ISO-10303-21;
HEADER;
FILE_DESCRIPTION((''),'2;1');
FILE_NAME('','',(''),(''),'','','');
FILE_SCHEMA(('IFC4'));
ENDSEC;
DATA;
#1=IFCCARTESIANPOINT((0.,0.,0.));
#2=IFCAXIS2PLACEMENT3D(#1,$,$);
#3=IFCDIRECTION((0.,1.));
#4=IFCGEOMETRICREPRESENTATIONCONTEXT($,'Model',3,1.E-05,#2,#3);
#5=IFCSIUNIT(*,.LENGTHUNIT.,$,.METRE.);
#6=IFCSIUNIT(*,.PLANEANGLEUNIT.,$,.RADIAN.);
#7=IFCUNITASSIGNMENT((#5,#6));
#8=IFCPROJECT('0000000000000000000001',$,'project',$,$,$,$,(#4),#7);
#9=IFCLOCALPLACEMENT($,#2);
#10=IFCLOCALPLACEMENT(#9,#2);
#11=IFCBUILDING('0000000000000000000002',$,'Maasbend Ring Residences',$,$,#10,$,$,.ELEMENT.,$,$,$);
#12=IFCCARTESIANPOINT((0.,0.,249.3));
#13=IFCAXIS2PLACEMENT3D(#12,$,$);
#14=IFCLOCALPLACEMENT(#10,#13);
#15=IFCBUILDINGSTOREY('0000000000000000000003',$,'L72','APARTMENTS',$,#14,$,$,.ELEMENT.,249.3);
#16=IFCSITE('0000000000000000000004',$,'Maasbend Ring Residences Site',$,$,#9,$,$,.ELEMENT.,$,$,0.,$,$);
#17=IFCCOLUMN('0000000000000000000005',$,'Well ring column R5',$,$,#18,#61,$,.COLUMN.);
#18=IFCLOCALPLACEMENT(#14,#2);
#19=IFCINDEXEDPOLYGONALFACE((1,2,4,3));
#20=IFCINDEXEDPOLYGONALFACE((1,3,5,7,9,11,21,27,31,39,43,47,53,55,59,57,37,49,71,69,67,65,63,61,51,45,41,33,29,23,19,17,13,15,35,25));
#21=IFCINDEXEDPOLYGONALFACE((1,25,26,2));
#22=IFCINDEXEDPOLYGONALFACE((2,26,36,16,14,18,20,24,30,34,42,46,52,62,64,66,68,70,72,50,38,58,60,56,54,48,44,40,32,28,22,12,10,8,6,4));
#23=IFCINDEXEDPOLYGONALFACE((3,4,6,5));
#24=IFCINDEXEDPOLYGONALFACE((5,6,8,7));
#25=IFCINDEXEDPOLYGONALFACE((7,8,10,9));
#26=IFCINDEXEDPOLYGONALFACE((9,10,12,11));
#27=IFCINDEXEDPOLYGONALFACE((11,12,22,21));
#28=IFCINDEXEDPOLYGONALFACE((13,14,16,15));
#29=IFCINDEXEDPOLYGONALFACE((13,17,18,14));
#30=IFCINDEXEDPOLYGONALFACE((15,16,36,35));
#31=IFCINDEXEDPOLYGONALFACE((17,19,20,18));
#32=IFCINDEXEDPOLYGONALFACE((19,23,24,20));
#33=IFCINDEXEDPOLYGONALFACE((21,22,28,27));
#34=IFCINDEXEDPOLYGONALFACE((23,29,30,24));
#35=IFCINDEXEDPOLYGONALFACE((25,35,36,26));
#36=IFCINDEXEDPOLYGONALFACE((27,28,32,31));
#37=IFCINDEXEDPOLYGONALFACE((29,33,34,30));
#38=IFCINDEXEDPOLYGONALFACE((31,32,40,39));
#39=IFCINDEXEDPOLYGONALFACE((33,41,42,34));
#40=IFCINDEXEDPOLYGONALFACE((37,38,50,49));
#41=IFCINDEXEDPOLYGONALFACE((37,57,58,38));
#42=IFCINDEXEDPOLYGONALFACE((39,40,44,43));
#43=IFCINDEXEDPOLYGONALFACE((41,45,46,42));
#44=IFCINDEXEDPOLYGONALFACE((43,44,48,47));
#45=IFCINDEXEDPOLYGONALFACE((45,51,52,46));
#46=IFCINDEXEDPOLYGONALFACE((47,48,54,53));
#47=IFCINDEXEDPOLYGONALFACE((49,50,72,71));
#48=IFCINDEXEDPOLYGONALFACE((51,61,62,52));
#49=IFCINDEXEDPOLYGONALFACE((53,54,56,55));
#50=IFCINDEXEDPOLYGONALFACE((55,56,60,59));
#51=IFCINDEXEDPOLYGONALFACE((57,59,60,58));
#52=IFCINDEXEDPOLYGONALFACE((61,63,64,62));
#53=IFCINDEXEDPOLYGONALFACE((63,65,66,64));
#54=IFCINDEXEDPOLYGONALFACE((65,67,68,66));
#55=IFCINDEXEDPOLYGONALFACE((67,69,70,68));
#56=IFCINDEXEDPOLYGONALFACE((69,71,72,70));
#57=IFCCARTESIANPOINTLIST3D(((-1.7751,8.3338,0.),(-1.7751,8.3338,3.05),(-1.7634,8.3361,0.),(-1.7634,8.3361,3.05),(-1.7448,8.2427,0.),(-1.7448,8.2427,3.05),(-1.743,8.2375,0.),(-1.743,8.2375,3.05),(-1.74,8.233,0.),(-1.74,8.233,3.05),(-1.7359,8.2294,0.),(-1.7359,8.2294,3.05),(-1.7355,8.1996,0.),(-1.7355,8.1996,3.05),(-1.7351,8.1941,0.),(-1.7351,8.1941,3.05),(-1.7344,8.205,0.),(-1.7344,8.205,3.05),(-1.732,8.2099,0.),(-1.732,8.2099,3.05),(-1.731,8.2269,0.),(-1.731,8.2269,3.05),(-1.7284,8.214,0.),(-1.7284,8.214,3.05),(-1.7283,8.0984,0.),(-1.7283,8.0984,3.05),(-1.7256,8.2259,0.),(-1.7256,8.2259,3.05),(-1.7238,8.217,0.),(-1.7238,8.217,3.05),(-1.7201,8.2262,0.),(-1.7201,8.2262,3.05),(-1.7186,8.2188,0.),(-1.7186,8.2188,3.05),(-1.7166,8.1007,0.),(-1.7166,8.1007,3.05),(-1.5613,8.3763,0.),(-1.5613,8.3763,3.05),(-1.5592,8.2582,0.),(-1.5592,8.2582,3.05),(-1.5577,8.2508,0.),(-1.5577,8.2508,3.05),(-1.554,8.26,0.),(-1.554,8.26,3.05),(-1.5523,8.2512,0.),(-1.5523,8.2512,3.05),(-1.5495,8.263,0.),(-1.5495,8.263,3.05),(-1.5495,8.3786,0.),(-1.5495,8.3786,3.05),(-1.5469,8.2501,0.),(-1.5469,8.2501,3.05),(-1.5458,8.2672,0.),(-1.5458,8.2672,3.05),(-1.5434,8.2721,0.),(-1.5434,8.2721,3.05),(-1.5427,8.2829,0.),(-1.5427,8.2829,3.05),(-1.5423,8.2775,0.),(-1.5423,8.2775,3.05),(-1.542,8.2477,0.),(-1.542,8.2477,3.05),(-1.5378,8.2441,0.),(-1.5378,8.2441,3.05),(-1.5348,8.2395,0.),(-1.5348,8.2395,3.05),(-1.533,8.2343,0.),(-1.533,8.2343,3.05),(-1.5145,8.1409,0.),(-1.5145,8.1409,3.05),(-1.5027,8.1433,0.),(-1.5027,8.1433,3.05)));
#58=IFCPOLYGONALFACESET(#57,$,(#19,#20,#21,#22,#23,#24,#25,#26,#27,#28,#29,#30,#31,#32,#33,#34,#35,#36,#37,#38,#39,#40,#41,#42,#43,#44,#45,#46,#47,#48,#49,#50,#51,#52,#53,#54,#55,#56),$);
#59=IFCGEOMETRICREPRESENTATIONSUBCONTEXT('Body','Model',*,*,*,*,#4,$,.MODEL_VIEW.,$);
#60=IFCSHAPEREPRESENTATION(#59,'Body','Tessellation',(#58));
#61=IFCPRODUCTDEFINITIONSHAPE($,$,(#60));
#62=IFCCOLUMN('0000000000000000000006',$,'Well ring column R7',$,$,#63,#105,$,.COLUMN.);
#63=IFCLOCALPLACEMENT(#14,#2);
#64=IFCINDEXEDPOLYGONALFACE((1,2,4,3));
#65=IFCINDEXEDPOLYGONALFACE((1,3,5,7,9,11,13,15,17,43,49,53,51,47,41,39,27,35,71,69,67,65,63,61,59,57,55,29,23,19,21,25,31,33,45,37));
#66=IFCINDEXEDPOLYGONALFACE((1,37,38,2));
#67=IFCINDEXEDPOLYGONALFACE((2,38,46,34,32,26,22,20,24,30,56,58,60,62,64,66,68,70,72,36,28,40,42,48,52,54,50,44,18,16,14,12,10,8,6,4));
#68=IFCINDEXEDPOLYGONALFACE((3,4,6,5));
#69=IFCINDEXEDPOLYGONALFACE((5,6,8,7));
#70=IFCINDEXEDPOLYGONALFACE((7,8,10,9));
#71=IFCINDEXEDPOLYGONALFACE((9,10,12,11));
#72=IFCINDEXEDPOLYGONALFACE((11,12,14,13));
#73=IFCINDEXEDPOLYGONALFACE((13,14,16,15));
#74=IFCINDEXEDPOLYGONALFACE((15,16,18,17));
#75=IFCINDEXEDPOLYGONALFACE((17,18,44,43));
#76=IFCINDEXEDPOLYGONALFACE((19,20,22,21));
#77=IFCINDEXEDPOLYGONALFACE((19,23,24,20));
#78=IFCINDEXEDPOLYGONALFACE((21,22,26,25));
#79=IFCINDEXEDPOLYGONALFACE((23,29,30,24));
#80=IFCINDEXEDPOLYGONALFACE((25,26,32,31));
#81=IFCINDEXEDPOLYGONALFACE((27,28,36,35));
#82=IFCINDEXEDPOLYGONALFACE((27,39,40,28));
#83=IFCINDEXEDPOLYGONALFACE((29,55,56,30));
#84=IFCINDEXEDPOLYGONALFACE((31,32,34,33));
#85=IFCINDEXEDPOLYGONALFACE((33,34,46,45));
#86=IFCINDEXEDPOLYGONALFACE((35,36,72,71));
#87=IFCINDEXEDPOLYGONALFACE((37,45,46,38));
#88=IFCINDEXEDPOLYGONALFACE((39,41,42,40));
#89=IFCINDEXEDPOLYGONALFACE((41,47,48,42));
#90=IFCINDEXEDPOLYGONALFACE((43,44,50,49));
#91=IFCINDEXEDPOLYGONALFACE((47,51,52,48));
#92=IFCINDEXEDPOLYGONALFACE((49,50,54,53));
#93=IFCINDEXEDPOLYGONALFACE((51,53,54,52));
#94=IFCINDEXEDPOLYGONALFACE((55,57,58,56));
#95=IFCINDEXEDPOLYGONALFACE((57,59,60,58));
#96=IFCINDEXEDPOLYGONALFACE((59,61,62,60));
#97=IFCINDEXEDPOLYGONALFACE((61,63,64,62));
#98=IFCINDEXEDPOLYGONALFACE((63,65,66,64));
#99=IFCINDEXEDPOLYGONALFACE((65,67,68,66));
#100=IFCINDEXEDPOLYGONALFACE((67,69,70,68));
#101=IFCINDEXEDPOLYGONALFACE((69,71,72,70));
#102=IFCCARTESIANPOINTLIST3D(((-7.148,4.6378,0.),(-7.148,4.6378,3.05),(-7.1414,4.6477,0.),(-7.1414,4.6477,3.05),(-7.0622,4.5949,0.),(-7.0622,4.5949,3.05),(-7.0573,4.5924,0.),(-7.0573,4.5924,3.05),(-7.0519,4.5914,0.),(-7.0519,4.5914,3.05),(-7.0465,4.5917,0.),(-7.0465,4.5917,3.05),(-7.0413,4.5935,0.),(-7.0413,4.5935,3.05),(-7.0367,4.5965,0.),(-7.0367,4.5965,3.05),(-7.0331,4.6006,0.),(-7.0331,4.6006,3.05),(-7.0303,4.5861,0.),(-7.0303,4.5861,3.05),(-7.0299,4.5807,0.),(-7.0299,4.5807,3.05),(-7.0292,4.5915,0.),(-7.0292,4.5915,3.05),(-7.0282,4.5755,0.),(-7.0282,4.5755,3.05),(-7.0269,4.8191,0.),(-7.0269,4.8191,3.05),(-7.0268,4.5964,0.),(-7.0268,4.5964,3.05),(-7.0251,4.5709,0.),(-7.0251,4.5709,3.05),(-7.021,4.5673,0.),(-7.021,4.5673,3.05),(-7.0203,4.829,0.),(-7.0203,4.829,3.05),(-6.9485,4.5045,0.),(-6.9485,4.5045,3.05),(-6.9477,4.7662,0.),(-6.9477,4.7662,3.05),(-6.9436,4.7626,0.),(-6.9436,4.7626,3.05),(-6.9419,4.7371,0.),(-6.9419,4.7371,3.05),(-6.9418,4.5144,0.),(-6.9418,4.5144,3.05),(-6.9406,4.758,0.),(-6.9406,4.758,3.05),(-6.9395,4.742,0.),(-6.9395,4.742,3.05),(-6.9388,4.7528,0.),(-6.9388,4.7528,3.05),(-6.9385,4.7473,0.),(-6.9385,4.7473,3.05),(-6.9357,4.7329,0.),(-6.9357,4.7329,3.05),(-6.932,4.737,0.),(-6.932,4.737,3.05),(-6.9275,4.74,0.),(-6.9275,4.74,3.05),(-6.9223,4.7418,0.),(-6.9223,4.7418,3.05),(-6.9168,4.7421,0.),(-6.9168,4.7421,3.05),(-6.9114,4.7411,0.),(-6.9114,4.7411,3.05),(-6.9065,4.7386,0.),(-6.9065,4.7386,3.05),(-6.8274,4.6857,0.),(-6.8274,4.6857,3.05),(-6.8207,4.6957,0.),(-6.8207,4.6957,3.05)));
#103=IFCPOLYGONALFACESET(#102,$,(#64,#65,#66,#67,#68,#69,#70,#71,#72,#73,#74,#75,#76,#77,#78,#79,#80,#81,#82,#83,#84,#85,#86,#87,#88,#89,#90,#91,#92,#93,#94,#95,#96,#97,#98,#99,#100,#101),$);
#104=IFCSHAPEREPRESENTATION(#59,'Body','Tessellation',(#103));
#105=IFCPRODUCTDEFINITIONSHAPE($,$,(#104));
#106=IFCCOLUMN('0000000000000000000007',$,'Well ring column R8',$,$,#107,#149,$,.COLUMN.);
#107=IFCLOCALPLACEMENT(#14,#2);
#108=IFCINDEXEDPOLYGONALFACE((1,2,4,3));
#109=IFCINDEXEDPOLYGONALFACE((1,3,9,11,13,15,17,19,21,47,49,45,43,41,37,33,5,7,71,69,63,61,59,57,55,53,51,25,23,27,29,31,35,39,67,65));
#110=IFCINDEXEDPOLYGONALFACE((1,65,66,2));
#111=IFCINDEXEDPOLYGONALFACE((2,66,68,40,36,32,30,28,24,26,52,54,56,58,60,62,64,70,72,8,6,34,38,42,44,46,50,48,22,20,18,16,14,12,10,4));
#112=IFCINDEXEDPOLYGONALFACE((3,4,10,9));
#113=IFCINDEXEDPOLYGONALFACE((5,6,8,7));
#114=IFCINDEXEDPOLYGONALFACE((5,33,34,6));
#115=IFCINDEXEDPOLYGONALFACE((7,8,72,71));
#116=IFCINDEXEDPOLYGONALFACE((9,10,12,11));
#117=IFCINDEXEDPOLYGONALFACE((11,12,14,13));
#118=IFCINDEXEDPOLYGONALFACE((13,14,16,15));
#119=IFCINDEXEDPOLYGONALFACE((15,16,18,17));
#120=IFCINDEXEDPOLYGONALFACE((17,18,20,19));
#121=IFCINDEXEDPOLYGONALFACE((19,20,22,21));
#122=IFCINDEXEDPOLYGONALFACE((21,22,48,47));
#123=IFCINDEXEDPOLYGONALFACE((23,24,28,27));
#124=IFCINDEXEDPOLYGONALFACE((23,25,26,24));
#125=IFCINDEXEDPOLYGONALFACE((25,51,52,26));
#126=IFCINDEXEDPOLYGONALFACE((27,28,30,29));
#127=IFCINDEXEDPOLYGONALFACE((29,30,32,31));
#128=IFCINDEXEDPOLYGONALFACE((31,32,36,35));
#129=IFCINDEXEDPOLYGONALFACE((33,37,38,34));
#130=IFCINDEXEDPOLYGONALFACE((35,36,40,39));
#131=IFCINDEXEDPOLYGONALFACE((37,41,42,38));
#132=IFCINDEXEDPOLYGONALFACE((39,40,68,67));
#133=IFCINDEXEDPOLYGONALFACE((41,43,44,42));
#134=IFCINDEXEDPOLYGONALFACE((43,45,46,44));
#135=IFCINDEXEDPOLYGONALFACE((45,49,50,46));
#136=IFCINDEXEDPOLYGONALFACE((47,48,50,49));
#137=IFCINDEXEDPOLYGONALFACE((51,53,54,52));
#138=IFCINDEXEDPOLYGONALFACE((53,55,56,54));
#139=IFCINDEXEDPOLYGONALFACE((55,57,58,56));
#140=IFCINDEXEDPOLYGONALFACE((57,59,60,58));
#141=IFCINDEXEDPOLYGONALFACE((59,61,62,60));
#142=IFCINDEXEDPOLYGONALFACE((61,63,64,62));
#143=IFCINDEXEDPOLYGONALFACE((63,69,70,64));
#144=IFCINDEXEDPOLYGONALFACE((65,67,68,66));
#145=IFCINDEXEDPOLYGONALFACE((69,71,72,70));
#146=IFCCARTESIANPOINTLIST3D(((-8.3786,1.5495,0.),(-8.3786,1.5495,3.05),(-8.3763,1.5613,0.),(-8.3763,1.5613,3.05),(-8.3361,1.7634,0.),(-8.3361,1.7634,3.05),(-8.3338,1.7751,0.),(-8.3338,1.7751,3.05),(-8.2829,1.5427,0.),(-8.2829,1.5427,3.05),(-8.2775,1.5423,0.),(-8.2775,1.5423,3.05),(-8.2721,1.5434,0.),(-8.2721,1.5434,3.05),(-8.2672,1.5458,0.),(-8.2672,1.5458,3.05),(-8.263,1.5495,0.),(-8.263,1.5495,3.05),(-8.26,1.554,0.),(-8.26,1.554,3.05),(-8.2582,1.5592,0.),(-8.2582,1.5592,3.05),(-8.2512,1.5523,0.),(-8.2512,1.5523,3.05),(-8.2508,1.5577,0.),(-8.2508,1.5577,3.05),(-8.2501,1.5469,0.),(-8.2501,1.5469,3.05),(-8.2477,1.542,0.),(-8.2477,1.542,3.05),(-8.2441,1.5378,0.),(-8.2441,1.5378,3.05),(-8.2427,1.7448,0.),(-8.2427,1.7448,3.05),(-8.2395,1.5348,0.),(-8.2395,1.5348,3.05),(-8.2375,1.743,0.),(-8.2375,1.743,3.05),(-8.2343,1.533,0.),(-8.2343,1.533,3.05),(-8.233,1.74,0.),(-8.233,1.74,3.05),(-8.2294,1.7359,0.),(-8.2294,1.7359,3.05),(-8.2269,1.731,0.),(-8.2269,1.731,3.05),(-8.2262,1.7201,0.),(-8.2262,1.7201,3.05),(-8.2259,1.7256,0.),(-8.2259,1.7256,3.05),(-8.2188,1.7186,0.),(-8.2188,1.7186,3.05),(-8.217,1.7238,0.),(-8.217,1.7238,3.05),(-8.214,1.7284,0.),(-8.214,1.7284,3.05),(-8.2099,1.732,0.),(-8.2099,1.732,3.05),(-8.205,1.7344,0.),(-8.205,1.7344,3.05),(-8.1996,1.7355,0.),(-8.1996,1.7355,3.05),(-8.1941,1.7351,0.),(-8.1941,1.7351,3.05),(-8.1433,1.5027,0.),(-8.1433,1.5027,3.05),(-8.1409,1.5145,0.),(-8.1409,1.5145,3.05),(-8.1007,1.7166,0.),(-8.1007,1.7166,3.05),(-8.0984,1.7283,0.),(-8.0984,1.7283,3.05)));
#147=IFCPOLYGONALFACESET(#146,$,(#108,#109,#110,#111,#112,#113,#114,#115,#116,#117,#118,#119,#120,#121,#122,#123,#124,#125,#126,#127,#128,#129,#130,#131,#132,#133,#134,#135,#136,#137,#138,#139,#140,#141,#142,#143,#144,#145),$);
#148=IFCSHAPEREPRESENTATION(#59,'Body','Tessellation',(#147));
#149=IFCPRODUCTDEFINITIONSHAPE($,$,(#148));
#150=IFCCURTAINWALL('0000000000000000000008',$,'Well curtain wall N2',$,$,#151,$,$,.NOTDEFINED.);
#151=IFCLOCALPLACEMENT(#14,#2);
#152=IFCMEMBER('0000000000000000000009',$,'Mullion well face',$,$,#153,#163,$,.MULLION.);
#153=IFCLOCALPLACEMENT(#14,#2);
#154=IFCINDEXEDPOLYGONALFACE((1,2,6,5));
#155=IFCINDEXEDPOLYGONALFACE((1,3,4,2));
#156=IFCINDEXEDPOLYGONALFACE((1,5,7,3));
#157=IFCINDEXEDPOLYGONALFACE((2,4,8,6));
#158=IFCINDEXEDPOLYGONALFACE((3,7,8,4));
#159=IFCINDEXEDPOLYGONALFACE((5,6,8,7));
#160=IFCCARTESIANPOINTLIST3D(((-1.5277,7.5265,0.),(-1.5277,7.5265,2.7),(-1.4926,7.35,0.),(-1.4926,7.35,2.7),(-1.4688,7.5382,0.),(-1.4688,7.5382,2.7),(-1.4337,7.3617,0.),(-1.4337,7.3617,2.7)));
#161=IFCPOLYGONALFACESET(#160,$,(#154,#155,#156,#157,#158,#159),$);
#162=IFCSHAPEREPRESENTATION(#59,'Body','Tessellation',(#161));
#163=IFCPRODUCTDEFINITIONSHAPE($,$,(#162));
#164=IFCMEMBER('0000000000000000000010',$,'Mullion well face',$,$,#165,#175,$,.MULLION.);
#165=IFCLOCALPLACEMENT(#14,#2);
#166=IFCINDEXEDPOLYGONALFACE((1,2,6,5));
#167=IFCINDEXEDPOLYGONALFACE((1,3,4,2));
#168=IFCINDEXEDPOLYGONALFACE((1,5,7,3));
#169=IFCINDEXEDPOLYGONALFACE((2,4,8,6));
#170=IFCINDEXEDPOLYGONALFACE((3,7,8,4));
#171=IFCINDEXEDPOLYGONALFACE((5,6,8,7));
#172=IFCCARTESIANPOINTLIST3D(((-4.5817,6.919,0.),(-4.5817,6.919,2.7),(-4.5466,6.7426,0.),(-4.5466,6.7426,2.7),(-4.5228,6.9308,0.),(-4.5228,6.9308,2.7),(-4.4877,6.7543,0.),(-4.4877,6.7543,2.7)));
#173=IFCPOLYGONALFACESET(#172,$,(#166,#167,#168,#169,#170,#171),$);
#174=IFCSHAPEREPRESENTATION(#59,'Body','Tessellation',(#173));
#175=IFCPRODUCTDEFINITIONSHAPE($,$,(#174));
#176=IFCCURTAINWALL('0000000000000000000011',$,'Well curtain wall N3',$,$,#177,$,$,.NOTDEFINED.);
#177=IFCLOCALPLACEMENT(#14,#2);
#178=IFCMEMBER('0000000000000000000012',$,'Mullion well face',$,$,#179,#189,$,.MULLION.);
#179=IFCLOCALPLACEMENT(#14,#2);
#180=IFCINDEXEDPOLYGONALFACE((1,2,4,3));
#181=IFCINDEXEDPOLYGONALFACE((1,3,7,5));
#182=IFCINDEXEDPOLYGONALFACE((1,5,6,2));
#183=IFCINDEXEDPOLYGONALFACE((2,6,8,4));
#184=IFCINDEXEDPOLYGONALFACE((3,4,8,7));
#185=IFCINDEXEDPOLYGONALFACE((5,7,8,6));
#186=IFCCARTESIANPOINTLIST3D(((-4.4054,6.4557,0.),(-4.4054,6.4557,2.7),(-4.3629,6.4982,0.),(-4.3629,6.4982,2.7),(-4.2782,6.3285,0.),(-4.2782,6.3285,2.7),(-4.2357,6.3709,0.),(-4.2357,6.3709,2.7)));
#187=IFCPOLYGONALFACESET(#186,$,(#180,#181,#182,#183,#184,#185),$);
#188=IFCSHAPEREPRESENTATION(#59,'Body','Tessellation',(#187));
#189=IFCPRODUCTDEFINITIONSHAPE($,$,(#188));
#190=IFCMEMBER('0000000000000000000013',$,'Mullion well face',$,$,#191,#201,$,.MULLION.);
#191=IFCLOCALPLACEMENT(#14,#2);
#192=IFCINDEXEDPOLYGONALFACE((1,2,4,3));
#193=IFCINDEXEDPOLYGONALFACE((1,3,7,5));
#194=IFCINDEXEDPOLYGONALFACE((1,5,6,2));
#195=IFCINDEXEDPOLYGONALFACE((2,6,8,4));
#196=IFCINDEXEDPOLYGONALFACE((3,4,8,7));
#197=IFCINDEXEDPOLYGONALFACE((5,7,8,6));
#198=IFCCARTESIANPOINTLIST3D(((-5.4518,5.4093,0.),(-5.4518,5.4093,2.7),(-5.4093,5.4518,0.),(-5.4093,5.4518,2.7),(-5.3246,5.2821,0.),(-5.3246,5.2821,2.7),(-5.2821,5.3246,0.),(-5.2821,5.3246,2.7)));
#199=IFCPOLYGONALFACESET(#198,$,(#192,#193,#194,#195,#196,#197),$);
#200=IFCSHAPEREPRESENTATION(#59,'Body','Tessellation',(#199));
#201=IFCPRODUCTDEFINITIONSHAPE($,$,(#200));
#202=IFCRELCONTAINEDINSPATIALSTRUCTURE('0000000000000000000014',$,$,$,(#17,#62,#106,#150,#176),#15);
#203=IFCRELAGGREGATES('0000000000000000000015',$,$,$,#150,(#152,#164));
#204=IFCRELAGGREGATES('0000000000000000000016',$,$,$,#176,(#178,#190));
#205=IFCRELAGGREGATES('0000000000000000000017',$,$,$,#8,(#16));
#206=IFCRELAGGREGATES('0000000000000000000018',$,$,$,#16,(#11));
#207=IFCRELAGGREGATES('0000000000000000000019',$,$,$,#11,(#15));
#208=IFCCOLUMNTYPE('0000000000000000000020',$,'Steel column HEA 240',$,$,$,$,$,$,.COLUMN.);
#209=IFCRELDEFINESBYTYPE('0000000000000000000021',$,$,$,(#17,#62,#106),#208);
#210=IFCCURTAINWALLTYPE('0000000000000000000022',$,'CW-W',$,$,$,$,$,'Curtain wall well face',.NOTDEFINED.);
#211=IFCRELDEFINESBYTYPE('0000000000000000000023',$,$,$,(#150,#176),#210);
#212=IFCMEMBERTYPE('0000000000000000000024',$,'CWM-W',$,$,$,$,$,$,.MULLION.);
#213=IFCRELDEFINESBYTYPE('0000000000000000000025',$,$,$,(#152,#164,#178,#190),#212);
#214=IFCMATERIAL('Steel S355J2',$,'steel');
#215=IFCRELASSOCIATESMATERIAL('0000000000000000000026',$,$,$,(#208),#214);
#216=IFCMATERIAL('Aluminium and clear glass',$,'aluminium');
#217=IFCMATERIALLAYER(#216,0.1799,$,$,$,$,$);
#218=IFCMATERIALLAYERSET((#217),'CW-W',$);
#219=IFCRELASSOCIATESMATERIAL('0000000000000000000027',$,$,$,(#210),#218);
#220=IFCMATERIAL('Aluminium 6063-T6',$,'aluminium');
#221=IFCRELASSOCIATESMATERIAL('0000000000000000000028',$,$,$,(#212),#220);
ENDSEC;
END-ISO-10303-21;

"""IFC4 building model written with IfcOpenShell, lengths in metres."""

from ifc_helpers import new_model, si_unit, direction, frame, origin, origin_2d, place, context, subcontext, project, spatial, rectangle, i_section, extrude, material, layer, layer_set, material_profile, profile_set, type_object, element, aggregate, save


model = new_model("IFC4")

# Units and contexts
model_context = context("Model", 3, precision=1e-05, world=origin(), true_north=direction((0.0, 1.0)))
body_context = subcontext(model_context, "Body", "Model", "MODEL_VIEW")
ifc_project = project(units=[si_unit("LENGTHUNIT", "METRE"), si_unit("PLANEANGLEUNIT", "RADIAN")], contexts=[model_context])

# Site, building, storey
site_placement = place(None, origin())
site = spatial("IfcSite", under=ifc_project, at=site_placement, Name="Maasbend Ring Residences Site", CompositionType="ELEMENT", RefElevation=0.0)
building_placement = place(site_placement, origin())
building = spatial("IfcBuilding", under=site, at=building_placement, Name="Maasbend Ring Residences", CompositionType="ELEMENT")
storey_placement = place(building_placement, frame((0.0, 0.0, 249.3)))
storey = spatial("IfcBuildingStorey", under=building, at=storey_placement, Name="L72", Description="APARTMENTS", CompositionType="ELEMENT", Elevation=249.3)

# Columns
ifc_material_1 = material(Name="Steel S355J2", Category="steel")
ifc_material_profile_1 = material_profile(ifc_material_1, i_section(OverallWidth=0.24, OverallDepth=0.23, WebThickness=0.0076, FlangeThickness=0.012, FilletRadius=0.021, at=origin_2d()), Name="HEA 240")
ifc_profile_set_1 = profile_set([ifc_material_profile_1], Name="Steel S355J2")
column_type = type_object("IfcColumnType", Name="Steel column HEA 240", PredefinedType="COLUMN", material=ifc_profile_set_1)
for number, where, z_axis, x_axis, name in (
    (1, (-1.6389, 8.2385, 0.0), (0.0, 0.0, 1.0), (-0.19509, 0.980785, 0.0), "Well ring column R5"),
    (2, (-6.9844, 4.6667, 0.0), (0.0, 0.0, 1.0), (-0.83147, 0.55557, 0.0), "Well ring column R7"),
    (3, (-8.2385, 1.6389, 0.0), (0.0, 0.0, 1.0), (-0.980785, 0.19509, 0.0), "Well ring column R8"),
):
    element("IfcColumn", number, at=place(storey_placement, frame(where, z_axis=z_axis, x_axis=x_axis)), inside=storey, type_object=column_type, Name=name, PredefinedType="COLUMN", context=body_context, shape_type="SweptSolid", body=[
        extrude(i_section(OverallWidth=0.24, OverallDepth=0.23, WebThickness=0.0076, FlangeThickness=0.012, FilletRadius=0.021, at=origin_2d()), origin(), (0.0, 0.0, 1.0), 3.05),
    ])

# Curtain walls, members
ifc_material_2 = material(Name="Aluminium and clear glass", Category="aluminium")
ifc_layer_1 = layer(ifc_material_2, 0.1799)
ifc_layer_set_1 = layer_set([ifc_layer_1], Name="CW-W")
curtain_wall_type = type_object("IfcCurtainWallType", Name="CW-W", ElementType="Curtain wall well face", PredefinedType="NOTDEFINED", material=ifc_layer_set_1)
curtain_wall_1_placement = place(storey_placement, origin())
curtain_wall_1 = element("IfcCurtainWall", 4, at=curtain_wall_1_placement, inside=storey, type_object=curtain_wall_type, Name="Well curtain wall N2", PredefinedType="NOTDEFINED")
ifc_material_3 = material(Name="Aluminium 6063-T6", Category="aluminium")
ifc_material_profile_2 = material_profile(ifc_material_3, rectangle(XDim=0.1799, YDim=0.0601, at=origin_2d()), Name="AL 180x60")
ifc_profile_set_2 = profile_set([ifc_material_profile_2], Name="Aluminium 6063-T6")
member_type_1 = type_object("IfcMemberType", Name="CWM-W", PredefinedType="MULLION", material=ifc_profile_set_2)
member_1_placement = place(storey_placement, frame((-1.4807, 7.4441, 0.0), z_axis=(0.0, 0.0, 1.0), x_axis=(0.19509, -0.980785, 0.0)))
member_1 = element("IfcMember", 5, at=member_1_placement, type_object=member_type_1, Name="Mullion well face", PredefinedType="MULLION", context=body_context, shape_type="SweptSolid", body=[
    extrude(rectangle(XDim=0.1799, YDim=0.0601, at=origin_2d()), origin(), (0.0, 0.0, 1.0), 2.7),
])
member_2_placement = place(storey_placement, frame((-4.5347, 6.8367, 0.0), z_axis=(0.0, 0.0, 1.0), x_axis=(0.19509, -0.980785, 0.0)))
member_2 = element("IfcMember", 6, at=member_2_placement, type_object=member_type_1, Name="Mullion well face", PredefinedType="MULLION", context=body_context, shape_type="SweptSolid", body=[
    extrude(rectangle(XDim=0.1799, YDim=0.0601, at=origin_2d()), origin(), (0.0, 0.0, 1.0), 2.7),
])
curtain_wall_2_placement = place(storey_placement, origin())
curtain_wall_2 = element("IfcCurtainWall", 7, at=curtain_wall_2_placement, inside=storey, type_object=curtain_wall_type, Name="Well curtain wall N3", PredefinedType="NOTDEFINED")
member_3_placement = place(storey_placement, frame((-4.3206, 6.4133, 0.0), z_axis=(0.0, 0.0, 1.0), x_axis=(0.707107, -0.707107, 0.0)))
member_3 = element("IfcMember", 8, at=member_3_placement, type_object=member_type_1, Name="Mullion well face", PredefinedType="MULLION", context=body_context, shape_type="SweptSolid", body=[
    extrude(rectangle(XDim=0.1799, YDim=0.0601, at=origin_2d()), origin(), (0.0, 0.0, 1.0), 2.7),
])
member_4_placement = place(storey_placement, frame((-5.3669, 5.3669, 0.0), z_axis=(0.0, 0.0, 1.0), x_axis=(0.707107, -0.707107, 0.0)))
member_4 = element("IfcMember", 9, at=member_4_placement, type_object=member_type_1, Name="Mullion well face", PredefinedType="MULLION", context=body_context, shape_type="SweptSolid", body=[
    extrude(rectangle(XDim=0.1799, YDim=0.0601, at=origin_2d()), origin(), (0.0, 0.0, 1.0), 2.7),
])

aggregate(curtain_wall_1, [member_1, member_2])
aggregate(curtain_wall_2, [member_3, member_4])

save(model, "model.ifc")
